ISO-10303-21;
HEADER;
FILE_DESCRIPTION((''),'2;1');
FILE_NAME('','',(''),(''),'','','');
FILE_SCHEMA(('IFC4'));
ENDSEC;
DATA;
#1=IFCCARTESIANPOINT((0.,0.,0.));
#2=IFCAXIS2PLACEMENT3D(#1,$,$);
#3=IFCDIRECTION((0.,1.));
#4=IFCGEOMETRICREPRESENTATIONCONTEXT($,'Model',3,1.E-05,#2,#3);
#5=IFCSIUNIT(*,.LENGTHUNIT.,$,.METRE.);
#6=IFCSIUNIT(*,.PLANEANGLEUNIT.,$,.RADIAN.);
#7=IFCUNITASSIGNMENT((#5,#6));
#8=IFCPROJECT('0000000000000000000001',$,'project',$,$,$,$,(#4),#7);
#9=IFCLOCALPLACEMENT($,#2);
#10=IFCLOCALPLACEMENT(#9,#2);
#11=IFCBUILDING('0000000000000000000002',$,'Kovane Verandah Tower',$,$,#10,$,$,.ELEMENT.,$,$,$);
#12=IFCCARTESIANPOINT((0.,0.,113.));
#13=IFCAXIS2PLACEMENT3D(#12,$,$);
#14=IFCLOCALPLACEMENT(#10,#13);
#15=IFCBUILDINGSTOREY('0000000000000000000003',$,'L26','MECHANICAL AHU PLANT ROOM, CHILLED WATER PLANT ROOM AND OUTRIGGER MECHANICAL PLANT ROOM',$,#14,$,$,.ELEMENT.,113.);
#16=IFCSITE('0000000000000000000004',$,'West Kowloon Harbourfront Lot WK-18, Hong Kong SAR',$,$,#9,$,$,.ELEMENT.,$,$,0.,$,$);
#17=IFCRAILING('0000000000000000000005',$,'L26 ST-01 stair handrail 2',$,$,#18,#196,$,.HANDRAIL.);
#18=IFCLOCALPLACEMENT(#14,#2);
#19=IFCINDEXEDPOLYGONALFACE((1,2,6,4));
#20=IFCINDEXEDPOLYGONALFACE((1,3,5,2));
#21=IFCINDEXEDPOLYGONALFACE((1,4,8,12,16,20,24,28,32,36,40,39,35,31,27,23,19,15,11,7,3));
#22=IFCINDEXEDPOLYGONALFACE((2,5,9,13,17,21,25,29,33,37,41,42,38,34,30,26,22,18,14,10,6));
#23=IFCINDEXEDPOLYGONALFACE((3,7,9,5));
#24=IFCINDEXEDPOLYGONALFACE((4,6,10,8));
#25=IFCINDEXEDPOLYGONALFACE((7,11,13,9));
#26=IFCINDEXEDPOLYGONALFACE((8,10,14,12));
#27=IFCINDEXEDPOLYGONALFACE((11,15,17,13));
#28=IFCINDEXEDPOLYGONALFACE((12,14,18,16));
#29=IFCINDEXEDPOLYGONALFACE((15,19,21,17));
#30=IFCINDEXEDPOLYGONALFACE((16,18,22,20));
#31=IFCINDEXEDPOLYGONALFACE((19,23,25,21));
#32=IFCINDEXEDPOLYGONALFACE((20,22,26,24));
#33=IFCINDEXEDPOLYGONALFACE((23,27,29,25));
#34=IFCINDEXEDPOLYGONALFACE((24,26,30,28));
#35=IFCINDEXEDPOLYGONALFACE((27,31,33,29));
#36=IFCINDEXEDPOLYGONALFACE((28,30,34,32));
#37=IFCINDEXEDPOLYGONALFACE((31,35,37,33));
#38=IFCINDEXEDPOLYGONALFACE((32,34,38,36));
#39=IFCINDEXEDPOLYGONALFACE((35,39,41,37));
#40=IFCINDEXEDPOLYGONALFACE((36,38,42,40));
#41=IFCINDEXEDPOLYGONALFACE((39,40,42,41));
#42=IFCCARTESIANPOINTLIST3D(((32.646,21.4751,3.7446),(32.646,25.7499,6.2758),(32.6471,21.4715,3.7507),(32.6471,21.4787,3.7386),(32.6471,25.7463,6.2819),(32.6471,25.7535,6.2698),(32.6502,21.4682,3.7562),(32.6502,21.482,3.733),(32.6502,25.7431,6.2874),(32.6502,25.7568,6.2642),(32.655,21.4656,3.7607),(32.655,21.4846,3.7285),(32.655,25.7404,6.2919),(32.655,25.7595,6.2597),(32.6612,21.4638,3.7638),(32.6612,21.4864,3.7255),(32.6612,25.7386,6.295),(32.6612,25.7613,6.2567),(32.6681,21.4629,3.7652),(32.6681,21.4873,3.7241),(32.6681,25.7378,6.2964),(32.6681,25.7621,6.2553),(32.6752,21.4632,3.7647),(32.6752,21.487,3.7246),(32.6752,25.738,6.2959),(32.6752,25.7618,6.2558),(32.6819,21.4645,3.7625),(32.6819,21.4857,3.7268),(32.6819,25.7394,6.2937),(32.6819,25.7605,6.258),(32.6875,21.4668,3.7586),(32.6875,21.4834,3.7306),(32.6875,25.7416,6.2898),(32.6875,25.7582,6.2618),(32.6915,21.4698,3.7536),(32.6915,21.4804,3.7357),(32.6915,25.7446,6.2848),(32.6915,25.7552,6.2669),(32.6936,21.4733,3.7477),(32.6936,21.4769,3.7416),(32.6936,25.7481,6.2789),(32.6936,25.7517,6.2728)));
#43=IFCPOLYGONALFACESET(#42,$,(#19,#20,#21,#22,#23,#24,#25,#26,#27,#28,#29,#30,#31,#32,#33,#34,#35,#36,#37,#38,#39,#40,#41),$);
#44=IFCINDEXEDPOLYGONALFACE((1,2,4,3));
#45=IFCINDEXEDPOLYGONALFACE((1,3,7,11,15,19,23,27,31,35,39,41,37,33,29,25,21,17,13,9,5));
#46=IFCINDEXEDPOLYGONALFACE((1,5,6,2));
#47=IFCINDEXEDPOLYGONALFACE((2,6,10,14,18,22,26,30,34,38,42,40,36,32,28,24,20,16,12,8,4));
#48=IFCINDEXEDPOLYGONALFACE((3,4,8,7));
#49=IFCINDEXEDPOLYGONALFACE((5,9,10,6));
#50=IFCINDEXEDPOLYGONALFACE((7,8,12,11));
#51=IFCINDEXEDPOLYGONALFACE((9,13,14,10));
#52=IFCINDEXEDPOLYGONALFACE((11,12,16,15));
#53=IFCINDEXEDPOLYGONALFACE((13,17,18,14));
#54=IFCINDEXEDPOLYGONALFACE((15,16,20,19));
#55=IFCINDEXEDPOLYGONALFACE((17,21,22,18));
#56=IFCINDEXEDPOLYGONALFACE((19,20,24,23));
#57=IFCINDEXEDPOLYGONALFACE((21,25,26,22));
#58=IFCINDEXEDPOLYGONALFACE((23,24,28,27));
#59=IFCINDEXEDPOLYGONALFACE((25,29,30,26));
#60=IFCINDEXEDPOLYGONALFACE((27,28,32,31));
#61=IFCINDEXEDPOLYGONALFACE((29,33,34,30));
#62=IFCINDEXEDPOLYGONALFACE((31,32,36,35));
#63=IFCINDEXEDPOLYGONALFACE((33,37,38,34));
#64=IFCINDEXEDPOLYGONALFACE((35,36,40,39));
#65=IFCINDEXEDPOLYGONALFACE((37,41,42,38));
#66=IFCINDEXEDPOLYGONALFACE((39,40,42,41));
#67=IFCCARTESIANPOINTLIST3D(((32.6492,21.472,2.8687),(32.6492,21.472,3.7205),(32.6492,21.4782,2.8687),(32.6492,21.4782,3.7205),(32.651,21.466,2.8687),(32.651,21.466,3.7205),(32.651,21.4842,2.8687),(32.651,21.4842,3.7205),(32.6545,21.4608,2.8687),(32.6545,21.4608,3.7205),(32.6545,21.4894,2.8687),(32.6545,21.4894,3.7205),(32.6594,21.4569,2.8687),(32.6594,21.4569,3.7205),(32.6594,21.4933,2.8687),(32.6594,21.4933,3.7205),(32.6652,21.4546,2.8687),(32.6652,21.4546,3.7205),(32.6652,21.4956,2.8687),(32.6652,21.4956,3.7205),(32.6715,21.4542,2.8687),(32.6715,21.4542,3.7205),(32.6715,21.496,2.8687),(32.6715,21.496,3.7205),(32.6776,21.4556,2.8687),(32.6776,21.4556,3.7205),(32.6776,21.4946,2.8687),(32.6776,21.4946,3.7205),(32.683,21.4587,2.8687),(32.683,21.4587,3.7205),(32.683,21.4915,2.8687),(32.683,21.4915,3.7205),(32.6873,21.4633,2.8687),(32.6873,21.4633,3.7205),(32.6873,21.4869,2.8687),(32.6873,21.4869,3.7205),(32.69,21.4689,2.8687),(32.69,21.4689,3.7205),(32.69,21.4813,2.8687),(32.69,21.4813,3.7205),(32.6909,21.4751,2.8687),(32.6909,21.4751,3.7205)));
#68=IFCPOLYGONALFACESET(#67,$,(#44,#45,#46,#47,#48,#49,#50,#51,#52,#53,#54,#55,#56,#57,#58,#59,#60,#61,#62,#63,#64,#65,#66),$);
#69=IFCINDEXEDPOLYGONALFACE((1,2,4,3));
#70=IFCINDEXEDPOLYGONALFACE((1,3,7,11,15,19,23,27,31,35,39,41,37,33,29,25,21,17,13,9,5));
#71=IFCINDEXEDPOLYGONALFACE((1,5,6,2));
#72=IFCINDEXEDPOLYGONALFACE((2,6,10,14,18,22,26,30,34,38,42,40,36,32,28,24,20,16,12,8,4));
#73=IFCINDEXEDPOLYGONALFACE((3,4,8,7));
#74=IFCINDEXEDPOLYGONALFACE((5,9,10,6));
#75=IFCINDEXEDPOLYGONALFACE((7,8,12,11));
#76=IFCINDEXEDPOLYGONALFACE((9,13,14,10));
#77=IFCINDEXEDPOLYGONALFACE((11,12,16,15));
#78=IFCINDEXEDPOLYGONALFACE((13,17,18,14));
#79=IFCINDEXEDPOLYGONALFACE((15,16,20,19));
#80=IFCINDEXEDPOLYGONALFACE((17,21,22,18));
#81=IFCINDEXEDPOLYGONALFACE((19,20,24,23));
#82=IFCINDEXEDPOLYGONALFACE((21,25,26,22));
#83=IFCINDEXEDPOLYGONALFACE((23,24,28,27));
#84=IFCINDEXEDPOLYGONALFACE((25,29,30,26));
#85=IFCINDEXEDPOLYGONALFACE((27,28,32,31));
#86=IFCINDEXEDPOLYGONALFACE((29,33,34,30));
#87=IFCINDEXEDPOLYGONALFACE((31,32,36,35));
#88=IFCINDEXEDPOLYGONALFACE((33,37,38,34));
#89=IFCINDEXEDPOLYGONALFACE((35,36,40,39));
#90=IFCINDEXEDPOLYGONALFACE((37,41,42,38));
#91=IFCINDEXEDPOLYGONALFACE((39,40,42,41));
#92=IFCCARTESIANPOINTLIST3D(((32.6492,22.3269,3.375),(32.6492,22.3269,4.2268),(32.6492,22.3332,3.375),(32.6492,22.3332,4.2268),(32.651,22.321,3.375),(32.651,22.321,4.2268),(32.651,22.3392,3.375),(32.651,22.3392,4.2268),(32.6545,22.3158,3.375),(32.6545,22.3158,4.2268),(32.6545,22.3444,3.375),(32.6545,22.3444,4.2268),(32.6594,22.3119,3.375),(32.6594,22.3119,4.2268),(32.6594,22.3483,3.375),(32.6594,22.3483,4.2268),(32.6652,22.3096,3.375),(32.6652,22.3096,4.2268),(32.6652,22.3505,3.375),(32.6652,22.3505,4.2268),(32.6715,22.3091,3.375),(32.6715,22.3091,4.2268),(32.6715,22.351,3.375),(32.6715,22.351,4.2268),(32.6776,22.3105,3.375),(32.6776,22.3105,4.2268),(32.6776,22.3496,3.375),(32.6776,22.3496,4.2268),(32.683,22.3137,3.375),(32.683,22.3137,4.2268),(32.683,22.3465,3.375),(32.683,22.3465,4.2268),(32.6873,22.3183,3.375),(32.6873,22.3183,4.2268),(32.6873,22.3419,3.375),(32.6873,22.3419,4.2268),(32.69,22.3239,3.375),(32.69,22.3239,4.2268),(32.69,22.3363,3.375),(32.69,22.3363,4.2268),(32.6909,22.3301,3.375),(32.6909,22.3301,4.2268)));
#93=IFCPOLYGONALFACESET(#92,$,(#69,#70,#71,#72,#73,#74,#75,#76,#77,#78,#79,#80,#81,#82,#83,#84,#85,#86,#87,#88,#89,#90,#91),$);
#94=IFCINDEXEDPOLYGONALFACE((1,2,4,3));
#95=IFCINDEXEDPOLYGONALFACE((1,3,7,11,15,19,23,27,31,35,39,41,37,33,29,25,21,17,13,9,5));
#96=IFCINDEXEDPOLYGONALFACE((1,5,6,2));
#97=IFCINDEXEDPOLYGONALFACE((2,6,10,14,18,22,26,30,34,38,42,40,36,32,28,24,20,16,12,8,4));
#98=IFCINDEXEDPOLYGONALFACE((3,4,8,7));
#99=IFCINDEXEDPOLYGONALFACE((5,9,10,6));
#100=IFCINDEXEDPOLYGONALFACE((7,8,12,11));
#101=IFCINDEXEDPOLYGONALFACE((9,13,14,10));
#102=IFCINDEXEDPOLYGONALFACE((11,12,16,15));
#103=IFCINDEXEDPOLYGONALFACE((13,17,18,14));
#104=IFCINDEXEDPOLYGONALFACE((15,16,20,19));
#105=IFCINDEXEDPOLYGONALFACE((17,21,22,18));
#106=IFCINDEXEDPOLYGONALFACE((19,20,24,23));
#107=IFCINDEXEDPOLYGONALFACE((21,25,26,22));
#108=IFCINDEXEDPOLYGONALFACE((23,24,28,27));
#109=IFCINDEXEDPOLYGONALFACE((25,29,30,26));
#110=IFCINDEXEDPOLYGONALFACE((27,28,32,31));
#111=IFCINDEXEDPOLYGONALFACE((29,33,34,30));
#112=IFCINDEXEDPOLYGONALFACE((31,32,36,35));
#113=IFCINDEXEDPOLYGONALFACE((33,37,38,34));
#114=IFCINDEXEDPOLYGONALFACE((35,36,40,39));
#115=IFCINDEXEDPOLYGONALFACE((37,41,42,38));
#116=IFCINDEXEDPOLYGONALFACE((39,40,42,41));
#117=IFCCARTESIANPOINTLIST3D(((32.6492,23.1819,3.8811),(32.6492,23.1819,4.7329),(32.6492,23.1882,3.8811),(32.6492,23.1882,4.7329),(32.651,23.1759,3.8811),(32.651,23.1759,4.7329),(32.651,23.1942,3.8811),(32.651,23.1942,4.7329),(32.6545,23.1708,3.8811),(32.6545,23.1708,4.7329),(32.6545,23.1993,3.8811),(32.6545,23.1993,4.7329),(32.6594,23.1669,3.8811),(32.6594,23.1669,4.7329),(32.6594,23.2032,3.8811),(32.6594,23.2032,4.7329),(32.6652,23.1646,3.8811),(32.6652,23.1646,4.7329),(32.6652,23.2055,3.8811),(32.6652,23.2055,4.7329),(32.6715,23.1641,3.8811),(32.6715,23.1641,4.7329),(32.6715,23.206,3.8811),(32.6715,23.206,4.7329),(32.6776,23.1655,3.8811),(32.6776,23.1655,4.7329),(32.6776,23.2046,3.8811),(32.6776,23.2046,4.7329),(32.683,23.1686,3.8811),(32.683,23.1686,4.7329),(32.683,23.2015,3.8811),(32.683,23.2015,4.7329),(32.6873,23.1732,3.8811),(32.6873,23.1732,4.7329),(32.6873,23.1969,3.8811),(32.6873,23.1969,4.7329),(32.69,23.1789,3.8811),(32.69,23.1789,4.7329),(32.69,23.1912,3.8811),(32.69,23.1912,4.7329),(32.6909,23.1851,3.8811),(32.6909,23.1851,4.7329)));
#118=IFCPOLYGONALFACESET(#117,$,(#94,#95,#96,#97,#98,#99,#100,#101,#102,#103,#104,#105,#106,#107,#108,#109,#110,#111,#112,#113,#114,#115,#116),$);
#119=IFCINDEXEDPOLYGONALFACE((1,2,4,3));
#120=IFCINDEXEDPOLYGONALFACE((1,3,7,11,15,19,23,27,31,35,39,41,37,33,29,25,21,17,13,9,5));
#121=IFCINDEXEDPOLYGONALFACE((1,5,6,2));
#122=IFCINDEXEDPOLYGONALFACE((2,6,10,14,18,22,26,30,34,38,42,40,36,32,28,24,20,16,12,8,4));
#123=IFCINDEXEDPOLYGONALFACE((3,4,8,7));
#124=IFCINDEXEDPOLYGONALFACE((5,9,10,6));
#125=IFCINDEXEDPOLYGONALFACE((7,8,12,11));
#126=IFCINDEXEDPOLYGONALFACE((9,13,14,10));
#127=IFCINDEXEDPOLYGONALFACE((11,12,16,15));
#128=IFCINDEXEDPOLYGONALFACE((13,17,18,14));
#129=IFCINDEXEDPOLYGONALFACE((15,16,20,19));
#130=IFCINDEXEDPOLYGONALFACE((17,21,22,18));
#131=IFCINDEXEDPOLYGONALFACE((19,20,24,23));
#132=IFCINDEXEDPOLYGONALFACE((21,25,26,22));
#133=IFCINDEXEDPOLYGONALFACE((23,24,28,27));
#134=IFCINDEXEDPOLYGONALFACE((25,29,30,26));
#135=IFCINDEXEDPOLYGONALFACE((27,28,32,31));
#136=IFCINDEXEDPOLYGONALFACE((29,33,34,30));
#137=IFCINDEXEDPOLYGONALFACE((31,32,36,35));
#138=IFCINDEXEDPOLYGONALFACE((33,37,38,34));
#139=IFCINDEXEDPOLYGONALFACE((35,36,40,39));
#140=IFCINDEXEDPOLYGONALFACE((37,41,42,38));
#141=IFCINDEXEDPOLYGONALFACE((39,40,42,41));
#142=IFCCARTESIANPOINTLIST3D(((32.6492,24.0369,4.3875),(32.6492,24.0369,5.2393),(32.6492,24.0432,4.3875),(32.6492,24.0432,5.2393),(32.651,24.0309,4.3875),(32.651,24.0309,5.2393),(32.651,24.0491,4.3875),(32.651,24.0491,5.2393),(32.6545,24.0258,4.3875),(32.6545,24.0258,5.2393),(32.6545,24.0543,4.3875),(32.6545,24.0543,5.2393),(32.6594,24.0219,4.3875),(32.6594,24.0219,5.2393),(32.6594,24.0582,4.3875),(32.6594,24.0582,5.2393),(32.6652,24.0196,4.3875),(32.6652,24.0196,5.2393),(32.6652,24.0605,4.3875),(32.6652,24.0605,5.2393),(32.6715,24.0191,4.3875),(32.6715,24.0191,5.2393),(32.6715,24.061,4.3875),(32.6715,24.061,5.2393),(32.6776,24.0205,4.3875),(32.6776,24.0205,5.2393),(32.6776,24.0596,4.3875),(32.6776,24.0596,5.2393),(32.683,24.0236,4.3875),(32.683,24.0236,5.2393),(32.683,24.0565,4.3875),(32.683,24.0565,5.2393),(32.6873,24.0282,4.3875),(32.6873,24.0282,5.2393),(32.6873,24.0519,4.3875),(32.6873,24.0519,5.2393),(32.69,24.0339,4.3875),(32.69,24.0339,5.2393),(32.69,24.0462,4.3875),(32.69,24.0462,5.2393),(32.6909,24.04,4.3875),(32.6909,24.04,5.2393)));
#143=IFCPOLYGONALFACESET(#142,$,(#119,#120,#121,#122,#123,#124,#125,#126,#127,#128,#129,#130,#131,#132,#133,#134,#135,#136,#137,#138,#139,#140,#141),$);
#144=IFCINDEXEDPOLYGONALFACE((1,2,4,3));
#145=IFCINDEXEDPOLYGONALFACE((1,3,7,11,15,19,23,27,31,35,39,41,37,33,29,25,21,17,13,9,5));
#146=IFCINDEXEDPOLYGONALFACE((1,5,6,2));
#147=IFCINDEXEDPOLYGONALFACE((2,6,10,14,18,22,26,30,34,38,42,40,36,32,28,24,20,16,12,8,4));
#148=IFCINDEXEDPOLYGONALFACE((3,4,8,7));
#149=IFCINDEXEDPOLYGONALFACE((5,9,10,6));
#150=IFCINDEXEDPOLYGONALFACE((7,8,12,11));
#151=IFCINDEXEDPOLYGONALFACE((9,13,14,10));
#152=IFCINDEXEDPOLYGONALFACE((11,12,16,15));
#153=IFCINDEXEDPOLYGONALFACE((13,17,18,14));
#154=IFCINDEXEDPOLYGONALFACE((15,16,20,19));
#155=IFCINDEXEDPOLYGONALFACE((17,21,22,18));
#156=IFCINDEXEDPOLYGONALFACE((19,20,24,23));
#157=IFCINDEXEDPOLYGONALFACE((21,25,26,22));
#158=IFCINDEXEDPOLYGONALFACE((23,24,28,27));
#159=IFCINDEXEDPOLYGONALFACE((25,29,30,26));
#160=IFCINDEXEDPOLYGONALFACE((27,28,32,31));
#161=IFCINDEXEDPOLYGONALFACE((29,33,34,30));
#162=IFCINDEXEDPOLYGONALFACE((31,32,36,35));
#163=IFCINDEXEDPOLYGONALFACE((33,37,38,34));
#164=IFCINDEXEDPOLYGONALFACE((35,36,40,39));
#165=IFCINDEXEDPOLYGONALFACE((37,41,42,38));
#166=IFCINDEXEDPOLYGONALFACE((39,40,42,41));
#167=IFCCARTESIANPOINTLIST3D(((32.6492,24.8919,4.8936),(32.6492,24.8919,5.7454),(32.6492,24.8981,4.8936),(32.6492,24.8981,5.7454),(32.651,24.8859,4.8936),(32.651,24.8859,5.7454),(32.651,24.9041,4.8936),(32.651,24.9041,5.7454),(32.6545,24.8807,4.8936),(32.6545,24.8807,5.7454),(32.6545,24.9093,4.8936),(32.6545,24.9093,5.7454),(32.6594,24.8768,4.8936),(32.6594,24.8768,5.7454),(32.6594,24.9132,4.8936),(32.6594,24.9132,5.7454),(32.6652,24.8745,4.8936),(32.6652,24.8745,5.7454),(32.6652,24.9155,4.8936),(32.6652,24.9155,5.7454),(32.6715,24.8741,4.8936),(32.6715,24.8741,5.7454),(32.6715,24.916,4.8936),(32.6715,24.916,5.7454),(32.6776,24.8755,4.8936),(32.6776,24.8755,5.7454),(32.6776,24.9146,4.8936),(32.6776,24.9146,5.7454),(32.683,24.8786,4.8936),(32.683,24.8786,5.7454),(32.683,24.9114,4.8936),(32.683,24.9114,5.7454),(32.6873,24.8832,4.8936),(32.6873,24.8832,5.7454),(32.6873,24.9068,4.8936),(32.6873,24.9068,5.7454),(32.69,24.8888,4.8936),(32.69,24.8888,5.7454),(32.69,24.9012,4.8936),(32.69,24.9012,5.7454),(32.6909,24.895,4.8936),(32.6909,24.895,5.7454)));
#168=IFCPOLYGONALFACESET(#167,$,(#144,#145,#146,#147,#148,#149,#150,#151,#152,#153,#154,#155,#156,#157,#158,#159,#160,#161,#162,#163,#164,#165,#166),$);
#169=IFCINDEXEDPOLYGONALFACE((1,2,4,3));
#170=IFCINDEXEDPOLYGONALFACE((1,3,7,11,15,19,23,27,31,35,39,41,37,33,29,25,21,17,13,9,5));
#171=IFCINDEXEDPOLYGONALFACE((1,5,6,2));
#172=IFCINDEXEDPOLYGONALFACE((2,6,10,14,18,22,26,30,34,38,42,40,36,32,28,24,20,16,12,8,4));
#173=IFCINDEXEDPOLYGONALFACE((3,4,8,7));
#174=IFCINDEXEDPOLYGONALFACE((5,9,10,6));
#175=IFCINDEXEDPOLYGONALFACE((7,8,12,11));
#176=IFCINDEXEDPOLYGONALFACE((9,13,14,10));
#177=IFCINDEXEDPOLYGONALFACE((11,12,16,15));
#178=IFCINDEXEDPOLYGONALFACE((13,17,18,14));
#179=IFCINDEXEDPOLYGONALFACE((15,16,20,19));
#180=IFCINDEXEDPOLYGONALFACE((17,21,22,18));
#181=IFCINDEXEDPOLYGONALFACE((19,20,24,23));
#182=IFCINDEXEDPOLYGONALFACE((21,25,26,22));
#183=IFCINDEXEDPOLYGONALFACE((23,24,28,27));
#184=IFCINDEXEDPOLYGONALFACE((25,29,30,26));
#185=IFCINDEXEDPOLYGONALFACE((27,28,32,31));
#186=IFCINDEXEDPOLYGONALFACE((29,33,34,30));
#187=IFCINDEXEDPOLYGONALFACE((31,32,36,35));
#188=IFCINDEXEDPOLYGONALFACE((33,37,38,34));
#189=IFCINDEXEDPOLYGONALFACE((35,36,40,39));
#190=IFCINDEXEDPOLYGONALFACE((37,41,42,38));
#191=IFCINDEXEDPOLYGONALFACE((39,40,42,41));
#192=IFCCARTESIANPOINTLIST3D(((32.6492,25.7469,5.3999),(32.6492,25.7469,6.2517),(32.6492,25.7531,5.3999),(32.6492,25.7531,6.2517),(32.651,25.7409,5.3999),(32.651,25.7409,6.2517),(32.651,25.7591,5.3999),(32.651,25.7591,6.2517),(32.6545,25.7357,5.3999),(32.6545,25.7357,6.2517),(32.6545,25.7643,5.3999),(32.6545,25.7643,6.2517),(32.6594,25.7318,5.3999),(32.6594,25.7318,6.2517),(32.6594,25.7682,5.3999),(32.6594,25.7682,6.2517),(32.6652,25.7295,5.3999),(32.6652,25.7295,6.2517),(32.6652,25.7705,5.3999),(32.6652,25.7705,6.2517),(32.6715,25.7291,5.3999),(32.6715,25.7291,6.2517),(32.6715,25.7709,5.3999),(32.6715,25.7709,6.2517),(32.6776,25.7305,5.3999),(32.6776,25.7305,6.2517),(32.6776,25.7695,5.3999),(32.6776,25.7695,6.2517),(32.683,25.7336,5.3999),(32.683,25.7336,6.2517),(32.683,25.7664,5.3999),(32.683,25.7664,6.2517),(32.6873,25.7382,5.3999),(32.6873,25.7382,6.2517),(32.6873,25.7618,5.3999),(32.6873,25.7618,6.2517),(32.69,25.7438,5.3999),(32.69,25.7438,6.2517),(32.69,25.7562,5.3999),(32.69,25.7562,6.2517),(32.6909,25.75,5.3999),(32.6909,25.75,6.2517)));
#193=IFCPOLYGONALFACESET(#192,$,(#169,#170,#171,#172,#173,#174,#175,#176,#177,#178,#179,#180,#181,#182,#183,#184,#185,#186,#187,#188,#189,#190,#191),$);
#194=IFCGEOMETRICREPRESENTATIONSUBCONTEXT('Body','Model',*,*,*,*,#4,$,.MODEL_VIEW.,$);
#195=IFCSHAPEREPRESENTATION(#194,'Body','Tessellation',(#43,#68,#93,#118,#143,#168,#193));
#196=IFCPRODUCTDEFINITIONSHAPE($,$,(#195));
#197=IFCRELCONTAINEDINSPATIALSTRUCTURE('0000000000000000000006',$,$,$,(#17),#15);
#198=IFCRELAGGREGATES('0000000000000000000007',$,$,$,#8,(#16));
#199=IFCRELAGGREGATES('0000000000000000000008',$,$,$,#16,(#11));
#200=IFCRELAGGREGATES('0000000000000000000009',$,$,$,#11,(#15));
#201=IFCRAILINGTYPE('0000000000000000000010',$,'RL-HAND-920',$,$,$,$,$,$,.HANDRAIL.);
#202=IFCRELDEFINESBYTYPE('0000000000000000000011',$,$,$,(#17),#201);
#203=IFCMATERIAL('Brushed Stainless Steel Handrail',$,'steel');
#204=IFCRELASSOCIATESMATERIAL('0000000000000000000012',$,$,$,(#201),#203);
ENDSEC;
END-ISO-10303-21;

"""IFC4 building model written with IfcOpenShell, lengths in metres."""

from ifc_helpers import new_model, si_unit, direction, frame, origin, origin_2d, place, context, subcontext, project, spatial, circle, extrude, material, type_object, element, save


model = new_model("IFC4")

# Units and contexts
model_context = context("Model", 3, precision=1e-05, world=origin(), true_north=direction((0.0, 1.0)))
body_context = subcontext(model_context, "Body", "Model", "MODEL_VIEW")
ifc_project = project(units=[si_unit("LENGTHUNIT", "METRE"), si_unit("PLANEANGLEUNIT", "RADIAN")], contexts=[model_context])

# Site, building, storey
site_placement = place(None, origin())
site = spatial("IfcSite", under=ifc_project, at=site_placement, Name="West Kowloon Harbourfront Lot WK-18, Hong Kong SAR", CompositionType="ELEMENT", RefElevation=0.0)
building_placement = place(site_placement, origin())
building = spatial("IfcBuilding", under=site, at=building_placement, Name="Kovane Verandah Tower", CompositionType="ELEMENT")
storey_placement = place(building_placement, frame((0.0, 0.0, 113.0)))
storey = spatial("IfcBuildingStorey", under=building, at=storey_placement, Name="L26", Description="MECHANICAL AHU PLANT ROOM, CHILLED WATER PLANT ROOM AND OUTRIGGER MECHANICAL PLANT ROOM", CompositionType="ELEMENT", Elevation=113.0)

# Railing
ifc_material_1 = material(Name="Brushed Stainless Steel Handrail", Category="steel")
railing_type_1 = type_object("IfcRailingType", Name="RL-HAND-920", PredefinedType="HANDRAIL", material=ifc_material_1)
railing_1_placement = place(storey_placement, frame((32.6699, 21.4751, 2.8687)))
element("IfcRailing", 1, at=railing_1_placement, inside=storey, type_object=railing_type_1, Name="L26 ST-01 stair handrail 2", PredefinedType="HANDRAIL", context=body_context, shape_type="SweptSolid", body=[
    extrude(circle(Radius=0.0239, at=origin_2d()), frame((0.0, 0.0, 0.876), z_axis=(0.0, 0.86047, 0.509501), x_axis=(-1.0, 0.0, 0.0)), (0.0, 0.0, 1.0), 4.968),
    extrude(circle(Radius=0.021, at=origin_2d()), origin(), (0.0, 0.0, 1.0), 0.8518),
    extrude(circle(Radius=0.021, at=origin_2d()), frame((0.0, 0.855, 0.5063)), (0.0, 0.0, 1.0), 0.8518),
    extrude(circle(Radius=0.021, at=origin_2d()), frame((0.0, 1.71, 1.0125)), (0.0, 0.0, 1.0), 0.8518),
    extrude(circle(Radius=0.021, at=origin_2d()), frame((0.0, 2.5649, 1.5188)), (0.0, 0.0, 1.0), 0.8518),
    extrude(circle(Radius=0.021, at=origin_2d()), frame((0.0, 3.4199, 2.0249)), (0.0, 0.0, 1.0), 0.8518),
    extrude(circle(Radius=0.021, at=origin_2d()), frame((0.0, 4.2749, 2.5312)), (0.0, 0.0, 1.0), 0.8518),
])

save(model, "model.ifc")
